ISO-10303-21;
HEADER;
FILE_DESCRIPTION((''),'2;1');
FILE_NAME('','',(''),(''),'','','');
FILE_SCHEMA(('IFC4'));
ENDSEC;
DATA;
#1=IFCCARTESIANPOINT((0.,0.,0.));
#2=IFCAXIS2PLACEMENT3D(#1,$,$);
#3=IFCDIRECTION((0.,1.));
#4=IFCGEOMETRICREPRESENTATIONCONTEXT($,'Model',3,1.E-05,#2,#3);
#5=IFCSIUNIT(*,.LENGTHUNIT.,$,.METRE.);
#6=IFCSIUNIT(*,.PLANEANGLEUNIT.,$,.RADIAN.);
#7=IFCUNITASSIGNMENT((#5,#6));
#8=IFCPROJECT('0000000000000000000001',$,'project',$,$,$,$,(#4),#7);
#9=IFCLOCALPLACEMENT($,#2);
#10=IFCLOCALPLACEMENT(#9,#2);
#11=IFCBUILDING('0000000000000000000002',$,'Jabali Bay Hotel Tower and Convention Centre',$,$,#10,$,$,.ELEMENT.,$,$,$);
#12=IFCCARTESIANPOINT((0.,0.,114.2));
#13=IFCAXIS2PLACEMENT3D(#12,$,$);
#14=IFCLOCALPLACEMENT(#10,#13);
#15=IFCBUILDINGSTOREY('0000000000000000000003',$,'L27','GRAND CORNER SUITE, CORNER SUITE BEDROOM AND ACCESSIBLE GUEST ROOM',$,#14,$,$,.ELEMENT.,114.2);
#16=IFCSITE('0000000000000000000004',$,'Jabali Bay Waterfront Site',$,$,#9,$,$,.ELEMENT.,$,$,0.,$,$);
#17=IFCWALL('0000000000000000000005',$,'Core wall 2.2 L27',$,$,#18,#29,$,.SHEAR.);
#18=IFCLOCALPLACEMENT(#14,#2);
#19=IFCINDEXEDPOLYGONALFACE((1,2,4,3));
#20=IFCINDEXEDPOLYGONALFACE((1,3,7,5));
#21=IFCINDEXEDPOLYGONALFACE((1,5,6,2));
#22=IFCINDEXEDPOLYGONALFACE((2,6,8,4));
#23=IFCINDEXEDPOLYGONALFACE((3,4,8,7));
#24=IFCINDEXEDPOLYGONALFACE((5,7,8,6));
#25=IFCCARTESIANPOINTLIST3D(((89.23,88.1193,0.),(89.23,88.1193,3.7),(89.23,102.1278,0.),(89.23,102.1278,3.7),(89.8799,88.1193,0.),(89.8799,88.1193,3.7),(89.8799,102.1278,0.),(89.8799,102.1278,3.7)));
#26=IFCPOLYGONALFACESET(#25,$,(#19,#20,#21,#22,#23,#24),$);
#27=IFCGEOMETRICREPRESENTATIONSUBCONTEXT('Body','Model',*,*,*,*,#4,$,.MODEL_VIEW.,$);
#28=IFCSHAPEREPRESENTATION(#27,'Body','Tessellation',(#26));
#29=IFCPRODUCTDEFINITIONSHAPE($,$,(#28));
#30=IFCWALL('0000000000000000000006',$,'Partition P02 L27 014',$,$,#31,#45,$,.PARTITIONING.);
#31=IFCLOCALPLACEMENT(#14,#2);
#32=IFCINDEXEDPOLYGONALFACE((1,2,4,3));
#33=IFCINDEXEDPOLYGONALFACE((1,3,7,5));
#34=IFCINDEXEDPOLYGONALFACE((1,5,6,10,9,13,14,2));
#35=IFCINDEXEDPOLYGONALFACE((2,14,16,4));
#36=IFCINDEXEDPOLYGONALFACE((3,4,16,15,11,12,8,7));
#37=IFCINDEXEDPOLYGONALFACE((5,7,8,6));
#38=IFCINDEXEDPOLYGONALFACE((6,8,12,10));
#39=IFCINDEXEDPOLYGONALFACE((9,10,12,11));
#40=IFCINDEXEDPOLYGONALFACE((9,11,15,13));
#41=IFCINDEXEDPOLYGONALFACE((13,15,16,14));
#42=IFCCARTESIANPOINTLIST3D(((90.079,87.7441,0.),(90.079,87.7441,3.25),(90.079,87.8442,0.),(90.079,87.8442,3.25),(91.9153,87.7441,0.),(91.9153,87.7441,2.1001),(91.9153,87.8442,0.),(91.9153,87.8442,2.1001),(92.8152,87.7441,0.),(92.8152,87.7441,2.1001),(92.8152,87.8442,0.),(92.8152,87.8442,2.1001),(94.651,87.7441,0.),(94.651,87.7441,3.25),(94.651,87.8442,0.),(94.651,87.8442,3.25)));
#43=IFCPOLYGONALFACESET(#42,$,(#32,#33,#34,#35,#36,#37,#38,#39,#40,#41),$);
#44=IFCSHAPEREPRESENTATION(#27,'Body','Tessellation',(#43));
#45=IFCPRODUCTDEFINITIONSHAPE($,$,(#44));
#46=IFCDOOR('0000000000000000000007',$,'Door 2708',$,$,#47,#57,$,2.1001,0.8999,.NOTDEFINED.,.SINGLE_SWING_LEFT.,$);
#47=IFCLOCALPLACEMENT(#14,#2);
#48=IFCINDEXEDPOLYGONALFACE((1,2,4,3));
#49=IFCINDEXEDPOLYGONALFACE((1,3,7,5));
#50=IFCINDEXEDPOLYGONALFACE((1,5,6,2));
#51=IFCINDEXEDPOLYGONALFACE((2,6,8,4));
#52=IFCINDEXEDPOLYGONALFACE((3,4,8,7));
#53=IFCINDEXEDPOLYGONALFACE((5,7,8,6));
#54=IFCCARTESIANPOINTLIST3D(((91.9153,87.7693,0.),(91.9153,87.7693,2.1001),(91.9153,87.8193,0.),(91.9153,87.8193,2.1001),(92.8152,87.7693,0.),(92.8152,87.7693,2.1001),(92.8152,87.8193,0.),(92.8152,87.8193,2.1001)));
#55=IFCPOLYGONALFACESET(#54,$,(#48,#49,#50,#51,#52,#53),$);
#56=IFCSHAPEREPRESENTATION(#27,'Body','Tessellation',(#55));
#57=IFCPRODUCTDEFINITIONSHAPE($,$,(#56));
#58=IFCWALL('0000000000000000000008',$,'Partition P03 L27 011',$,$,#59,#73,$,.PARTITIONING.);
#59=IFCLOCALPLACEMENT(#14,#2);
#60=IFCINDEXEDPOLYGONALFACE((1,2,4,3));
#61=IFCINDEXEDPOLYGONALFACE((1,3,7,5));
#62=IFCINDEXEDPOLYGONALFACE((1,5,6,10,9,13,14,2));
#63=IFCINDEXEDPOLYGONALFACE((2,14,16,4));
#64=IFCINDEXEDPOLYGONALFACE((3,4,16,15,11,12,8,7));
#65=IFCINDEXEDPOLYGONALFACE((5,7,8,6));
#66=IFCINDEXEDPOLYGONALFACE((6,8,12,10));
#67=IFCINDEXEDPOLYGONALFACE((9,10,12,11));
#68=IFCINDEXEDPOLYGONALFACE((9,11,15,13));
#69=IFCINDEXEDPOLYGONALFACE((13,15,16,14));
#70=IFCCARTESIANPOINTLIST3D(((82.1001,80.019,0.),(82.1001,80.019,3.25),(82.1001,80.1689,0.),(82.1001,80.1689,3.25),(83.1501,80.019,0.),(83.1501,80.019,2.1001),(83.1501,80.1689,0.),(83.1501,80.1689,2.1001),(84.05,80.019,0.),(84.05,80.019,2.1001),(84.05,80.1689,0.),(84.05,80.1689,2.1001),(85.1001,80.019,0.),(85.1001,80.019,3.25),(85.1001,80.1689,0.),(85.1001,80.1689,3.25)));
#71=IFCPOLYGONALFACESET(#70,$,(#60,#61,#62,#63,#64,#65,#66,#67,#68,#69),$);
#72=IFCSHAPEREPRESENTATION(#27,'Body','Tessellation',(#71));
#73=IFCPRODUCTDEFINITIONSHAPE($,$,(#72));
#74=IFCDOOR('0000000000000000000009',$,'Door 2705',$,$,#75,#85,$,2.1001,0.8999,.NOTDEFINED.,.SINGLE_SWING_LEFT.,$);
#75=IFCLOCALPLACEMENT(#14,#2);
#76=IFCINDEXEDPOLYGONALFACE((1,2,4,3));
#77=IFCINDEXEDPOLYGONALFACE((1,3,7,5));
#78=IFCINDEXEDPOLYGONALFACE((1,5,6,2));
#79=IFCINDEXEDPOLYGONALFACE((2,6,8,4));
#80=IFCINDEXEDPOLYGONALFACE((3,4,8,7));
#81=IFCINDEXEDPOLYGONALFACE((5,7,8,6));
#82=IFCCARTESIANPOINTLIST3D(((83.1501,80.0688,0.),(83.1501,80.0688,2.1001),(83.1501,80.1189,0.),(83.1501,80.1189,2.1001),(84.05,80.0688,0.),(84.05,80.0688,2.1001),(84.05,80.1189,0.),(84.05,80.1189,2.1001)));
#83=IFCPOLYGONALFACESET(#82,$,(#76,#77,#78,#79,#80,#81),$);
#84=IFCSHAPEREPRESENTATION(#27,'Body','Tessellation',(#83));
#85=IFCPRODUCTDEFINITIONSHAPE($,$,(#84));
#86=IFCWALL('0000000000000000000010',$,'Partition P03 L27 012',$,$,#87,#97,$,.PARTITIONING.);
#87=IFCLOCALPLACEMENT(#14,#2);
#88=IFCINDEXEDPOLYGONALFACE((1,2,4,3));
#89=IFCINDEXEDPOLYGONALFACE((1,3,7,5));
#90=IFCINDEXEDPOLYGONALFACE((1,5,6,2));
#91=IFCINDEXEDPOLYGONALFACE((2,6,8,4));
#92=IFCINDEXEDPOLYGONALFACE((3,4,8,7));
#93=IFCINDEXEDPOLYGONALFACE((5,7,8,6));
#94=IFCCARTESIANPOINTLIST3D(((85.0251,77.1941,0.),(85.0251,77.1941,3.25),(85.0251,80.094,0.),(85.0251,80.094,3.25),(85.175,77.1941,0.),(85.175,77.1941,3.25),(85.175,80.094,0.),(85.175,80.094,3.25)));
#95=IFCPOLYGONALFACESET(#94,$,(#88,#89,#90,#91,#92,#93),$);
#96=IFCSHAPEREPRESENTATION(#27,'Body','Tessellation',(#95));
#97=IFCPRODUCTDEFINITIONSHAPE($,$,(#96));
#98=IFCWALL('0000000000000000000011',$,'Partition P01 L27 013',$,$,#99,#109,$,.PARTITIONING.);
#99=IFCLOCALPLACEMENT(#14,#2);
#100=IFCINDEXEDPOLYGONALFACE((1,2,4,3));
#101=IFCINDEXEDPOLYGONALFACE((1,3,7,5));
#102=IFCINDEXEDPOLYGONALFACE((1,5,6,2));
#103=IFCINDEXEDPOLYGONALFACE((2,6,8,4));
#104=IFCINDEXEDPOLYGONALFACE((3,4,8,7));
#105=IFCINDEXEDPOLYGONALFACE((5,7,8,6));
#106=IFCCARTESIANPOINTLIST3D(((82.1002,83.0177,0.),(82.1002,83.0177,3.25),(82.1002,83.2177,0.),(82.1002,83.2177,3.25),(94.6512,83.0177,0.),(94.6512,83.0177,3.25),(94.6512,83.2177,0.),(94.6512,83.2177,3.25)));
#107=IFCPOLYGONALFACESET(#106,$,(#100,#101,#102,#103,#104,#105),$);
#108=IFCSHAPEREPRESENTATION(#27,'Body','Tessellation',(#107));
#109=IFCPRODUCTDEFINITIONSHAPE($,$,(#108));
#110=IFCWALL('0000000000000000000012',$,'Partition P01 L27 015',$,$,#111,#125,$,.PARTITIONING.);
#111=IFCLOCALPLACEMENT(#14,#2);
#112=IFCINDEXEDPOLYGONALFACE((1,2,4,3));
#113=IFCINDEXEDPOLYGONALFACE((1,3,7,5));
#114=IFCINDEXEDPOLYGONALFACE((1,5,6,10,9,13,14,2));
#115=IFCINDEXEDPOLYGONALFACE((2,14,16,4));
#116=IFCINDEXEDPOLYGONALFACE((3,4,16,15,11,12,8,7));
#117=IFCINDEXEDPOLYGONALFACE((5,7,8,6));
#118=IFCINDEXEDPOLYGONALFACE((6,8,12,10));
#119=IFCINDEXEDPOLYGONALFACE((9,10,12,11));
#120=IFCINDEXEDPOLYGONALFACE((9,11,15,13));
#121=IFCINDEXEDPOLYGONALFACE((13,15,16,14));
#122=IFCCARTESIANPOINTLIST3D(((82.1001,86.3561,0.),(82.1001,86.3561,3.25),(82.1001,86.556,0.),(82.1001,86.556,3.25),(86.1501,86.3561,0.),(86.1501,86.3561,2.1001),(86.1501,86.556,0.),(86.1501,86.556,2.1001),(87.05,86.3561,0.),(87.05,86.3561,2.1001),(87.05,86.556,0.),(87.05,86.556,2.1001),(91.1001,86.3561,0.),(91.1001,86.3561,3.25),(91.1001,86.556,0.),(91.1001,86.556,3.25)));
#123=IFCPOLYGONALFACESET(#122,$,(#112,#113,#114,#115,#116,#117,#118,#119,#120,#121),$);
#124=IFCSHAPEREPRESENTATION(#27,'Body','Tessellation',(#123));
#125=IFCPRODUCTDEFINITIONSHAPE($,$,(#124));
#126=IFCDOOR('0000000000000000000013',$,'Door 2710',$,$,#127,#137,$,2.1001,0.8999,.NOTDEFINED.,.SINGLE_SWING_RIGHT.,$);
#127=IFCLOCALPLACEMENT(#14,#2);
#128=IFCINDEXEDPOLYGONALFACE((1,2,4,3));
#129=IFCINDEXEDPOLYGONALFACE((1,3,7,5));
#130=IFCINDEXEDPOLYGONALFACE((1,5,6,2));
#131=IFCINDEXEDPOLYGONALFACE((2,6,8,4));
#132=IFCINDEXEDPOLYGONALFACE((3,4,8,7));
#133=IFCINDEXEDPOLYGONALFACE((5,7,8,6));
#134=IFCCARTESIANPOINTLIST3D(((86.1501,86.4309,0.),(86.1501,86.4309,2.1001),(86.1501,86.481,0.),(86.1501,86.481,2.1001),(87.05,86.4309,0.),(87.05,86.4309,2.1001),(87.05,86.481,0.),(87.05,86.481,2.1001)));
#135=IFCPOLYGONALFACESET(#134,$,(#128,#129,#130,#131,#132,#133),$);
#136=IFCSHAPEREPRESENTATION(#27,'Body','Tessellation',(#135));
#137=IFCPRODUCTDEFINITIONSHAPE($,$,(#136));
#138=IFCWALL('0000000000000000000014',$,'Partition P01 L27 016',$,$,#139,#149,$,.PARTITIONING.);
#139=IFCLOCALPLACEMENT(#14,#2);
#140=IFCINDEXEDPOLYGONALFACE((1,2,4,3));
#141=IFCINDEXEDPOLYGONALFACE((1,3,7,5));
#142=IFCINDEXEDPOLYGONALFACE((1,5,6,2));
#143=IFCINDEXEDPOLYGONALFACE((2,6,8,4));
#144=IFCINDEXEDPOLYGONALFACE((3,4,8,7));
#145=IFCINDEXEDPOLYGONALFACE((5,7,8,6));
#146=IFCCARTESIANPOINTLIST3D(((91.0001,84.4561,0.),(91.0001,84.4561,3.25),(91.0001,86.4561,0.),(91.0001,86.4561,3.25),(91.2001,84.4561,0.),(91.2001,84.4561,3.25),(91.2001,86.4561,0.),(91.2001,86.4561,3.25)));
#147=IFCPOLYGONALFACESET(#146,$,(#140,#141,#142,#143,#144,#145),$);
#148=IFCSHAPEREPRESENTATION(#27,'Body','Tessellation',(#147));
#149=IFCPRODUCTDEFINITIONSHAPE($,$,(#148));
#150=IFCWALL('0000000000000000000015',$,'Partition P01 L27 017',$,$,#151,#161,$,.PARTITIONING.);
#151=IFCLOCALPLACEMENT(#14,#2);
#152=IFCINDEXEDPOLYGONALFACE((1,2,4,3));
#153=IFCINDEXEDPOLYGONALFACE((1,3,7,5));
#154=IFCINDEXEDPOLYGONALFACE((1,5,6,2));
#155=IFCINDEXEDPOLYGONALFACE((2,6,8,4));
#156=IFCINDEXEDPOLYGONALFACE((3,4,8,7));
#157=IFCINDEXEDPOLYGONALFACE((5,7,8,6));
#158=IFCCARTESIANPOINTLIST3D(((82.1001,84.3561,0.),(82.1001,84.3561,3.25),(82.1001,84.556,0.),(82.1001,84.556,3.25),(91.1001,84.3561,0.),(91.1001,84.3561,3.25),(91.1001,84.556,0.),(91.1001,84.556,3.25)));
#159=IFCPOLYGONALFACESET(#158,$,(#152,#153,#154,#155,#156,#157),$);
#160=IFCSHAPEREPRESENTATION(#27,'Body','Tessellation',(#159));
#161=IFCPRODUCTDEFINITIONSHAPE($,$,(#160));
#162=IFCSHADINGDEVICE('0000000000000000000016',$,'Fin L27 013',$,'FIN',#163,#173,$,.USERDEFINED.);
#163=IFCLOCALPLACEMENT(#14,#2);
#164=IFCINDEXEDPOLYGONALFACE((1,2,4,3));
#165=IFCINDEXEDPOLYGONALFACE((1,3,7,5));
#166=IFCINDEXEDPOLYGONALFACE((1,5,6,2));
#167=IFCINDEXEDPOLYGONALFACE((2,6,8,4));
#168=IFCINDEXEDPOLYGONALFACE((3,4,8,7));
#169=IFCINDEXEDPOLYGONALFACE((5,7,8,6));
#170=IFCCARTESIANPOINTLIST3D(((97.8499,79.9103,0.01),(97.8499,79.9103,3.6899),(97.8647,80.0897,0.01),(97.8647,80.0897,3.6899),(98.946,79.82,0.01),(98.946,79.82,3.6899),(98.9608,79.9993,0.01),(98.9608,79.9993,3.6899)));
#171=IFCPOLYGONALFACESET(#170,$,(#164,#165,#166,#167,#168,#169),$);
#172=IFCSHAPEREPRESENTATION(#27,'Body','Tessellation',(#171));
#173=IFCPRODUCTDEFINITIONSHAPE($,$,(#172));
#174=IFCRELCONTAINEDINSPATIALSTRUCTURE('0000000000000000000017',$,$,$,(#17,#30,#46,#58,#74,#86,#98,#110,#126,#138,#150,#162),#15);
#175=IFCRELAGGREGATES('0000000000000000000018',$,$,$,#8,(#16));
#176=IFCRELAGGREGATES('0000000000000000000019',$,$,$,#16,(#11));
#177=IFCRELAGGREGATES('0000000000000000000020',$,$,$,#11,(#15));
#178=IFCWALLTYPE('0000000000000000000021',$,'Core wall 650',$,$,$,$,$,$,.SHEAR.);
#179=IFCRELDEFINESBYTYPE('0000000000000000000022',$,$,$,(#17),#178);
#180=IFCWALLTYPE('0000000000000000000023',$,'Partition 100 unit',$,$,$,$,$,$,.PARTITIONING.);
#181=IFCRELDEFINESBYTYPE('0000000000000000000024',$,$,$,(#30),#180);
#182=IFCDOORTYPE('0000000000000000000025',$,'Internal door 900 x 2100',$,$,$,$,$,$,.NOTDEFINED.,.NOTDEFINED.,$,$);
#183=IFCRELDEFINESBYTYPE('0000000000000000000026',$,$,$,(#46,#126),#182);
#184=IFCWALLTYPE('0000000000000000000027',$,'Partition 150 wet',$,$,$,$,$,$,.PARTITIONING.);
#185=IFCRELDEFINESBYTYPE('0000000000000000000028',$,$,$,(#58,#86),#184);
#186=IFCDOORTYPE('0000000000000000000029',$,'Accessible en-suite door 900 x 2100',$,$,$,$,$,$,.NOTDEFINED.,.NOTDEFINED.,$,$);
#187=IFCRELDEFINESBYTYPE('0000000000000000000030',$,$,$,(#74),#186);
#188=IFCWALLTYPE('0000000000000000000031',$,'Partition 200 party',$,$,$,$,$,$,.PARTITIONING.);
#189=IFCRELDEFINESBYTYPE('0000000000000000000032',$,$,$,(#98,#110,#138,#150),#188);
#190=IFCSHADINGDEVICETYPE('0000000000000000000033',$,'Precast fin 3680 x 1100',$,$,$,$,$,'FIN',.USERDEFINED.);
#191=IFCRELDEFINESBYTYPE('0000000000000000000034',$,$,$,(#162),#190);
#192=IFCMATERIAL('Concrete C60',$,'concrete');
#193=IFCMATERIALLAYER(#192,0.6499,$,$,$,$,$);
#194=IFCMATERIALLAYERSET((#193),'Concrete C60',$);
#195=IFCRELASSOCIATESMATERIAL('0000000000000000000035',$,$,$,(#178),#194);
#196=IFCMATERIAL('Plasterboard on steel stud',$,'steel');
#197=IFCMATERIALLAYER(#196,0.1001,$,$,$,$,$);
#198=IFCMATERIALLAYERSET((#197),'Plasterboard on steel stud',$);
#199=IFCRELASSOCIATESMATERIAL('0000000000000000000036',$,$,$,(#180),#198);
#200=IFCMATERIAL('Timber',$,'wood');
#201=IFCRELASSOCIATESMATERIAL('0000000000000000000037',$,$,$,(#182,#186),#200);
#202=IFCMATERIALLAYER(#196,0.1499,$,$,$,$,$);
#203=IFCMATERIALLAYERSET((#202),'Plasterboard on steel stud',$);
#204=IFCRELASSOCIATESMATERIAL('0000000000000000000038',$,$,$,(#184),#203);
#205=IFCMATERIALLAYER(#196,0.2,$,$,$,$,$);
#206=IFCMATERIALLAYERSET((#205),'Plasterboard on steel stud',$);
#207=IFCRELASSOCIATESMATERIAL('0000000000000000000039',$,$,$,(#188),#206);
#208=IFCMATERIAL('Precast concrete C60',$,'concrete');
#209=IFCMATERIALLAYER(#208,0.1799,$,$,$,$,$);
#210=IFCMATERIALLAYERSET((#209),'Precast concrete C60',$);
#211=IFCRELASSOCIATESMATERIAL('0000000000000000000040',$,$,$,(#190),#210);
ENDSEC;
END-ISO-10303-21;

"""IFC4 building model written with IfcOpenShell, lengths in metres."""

from ifc_helpers import new_model, si_unit, direction, frame, frame_2d, origin, place, context, subcontext, project, spatial, rectangle, extrude, material, layer, layer_set, type_object, element, fill, save


model = new_model("IFC4")

# Units and contexts
model_context = context("Model", 3, precision=1e-05, world=origin(), true_north=direction((0.0, 1.0)))
body_context = subcontext(model_context, "Body", "Model", "MODEL_VIEW")
ifc_project = project(units=[si_unit("LENGTHUNIT", "METRE"), si_unit("PLANEANGLEUNIT", "RADIAN")], contexts=[model_context])

# Site, building, storey
site_placement = place(None, origin())
site = spatial("IfcSite", under=ifc_project, at=site_placement, Name="Jabali Bay Waterfront Site", CompositionType="ELEMENT", RefElevation=0.0)
building_placement = place(site_placement, origin())
building = spatial("IfcBuilding", under=site, at=building_placement, Name="Jabali Bay Hotel Tower and Convention Centre", CompositionType="ELEMENT")
storey_placement = place(building_placement, frame((0.0, 0.0, 114.2)))
storey = spatial("IfcBuildingStorey", under=building, at=storey_placement, Name="L27", Description="GRAND CORNER SUITE, CORNER SUITE BEDROOM AND ACCESSIBLE GUEST ROOM", CompositionType="ELEMENT", Elevation=114.2)

# Shared definitions
ifc_material_1 = material(Name="Concrete C60", Category="concrete")

# Wall
ifc_layer_1 = layer(ifc_material_1, 0.6499)
ifc_layer_set_1 = layer_set([ifc_layer_1], Name="Concrete C60")
wall_type_1 = type_object("IfcWallType", Name="Core wall 650", PredefinedType="SHEAR", material=ifc_layer_set_1)
wall_1_placement = place(storey_placement, frame((89.5549, 88.1191, 0.0), z_axis=(0.0, 0.0, 1.0), x_axis=(0.0, 1.0, 0.0)))
element("IfcWall", 1, at=wall_1_placement, inside=storey, type_object=wall_type_1, Name="Core wall 2.2 L27", PredefinedType="SHEAR", context=body_context, shape_type="SweptSolid", body=[
    extrude(rectangle(XDim=14.0085, YDim=0.6499, at=frame_2d((7.0044, 0.0))), origin(), (0.0, 0.0, 1.0), 3.7),
])

# Walls, openings, doors
ifc_material_2 = material(Name="Plasterboard on steel stud", Category="steel")
ifc_layer_2 = layer(ifc_material_2, 0.1001)
ifc_layer_set_2 = layer_set([ifc_layer_2], Name="Plasterboard on steel stud")
wall_type_2 = type_object("IfcWallType", Name="Partition 100 unit", PredefinedType="PARTITIONING", material=ifc_layer_set_2)
wall_2_placement = place(storey_placement, frame((94.6511, 87.7942, 0.0), z_axis=(0.0, 0.0, 1.0), x_axis=(-1.0, 0.0, 0.0)))
wall_2 = element("IfcWall", 2, at=wall_2_placement, inside=storey, type_object=wall_type_2, Name="Partition P02 L27 014", PredefinedType="PARTITIONING", context=body_context, shape_type="SweptSolid", body=[
    extrude(rectangle(XDim=4.572, YDim=0.1001, at=frame_2d((2.2861, 0.0))), origin(), (0.0, 0.0, 1.0), 3.25),
])
opening_1_placement = place(wall_2_placement, frame((1.8359, 0.0, 0.0)))
opening_1 = element("IfcOpeningElement", 3, at=opening_1_placement, cuts=wall_2, PredefinedType="OPENING", context=body_context, shape_type="SweptSolid", body=[
    extrude(rectangle(XDim=0.8999, YDim=2.1001, at=frame_2d((0.45, 1.05))), frame((0.0, 0.0605, 0.0), z_axis=(0.0, -1.0, 0.0), x_axis=(1.0, 0.0, 0.0)), (0.0, 0.0, 1.0), 0.1211),
])
ifc_material_3 = material(Name="Timber", Category="wood")
door_type_1 = type_object("IfcDoorType", Name="Internal door 900 x 2100", OperationType="NOTDEFINED", PredefinedType="NOTDEFINED", material=ifc_material_3)
door_1_placement = place(opening_1_placement, origin())
door_1 = element("IfcDoor", 4, at=door_1_placement, inside=storey, type_object=door_type_1, Name="Door 2708", OperationType="SINGLE_SWING_LEFT", OverallHeight=2.1001, OverallWidth=0.8999, PredefinedType="NOTDEFINED", context=body_context, shape_type="SweptSolid", body=[
    extrude(rectangle(XDim=0.8999, YDim=2.1001, at=frame_2d((0.45, 1.05))), frame((0.0, 0.0249, 0.0), z_axis=(0.0, -1.0, 0.0), x_axis=(1.0, 0.0, 0.0)), (0.0, 0.0, 1.0), 0.05),
])
fill(opening_1, door_1)
ifc_layer_3 = layer(ifc_material_2, 0.1499)
ifc_layer_set_3 = layer_set([ifc_layer_3], Name="Plasterboard on steel stud")
wall_type_3 = type_object("IfcWallType", Name="Partition 150 wet", PredefinedType="PARTITIONING", material=ifc_layer_set_3)
wall_3_placement = place(storey_placement, frame((82.1001, 80.094, 0.0), z_axis=(0.0, 0.0, 1.0), x_axis=(1.0, 0.0, 0.0)))
wall_3 = element("IfcWall", 5, at=wall_3_placement, inside=storey, type_object=wall_type_3, Name="Partition P03 L27 011", PredefinedType="PARTITIONING", context=body_context, shape_type="SweptSolid", body=[
    extrude(rectangle(XDim=3.0, YDim=0.1499, at=frame_2d((1.5, 0.0))), origin(), (0.0, 0.0, 1.0), 3.25),
])
opening_2_placement = place(wall_3_placement, frame((1.05, 0.0, 0.0)))
opening_2 = element("IfcOpeningElement", 6, at=opening_2_placement, cuts=wall_3, PredefinedType="OPENING", context=body_context, shape_type="SweptSolid", body=[
    extrude(rectangle(XDim=0.8999, YDim=2.1001, at=frame_2d((0.45, 1.05))), frame((0.0, 0.0854, 0.0), z_axis=(0.0, -1.0, 0.0), x_axis=(1.0, 0.0, 0.0)), (0.0, 0.0, 1.0), 0.1709),
])
door_type_2 = type_object("IfcDoorType", Name="Accessible en-suite door 900 x 2100", OperationType="NOTDEFINED", PredefinedType="NOTDEFINED", material=ifc_material_3)
door_2_placement = place(opening_2_placement, origin())
door_2 = element("IfcDoor", 7, at=door_2_placement, inside=storey, type_object=door_type_2, Name="Door 2705", OperationType="SINGLE_SWING_LEFT", OverallHeight=2.1001, OverallWidth=0.8999, PredefinedType="NOTDEFINED", context=body_context, shape_type="SweptSolid", body=[
    extrude(rectangle(XDim=0.8999, YDim=2.1001, at=frame_2d((0.45, 1.05))), frame((0.0, 0.0249, 0.0), z_axis=(0.0, -1.0, 0.0), x_axis=(1.0, 0.0, 0.0)), (0.0, 0.0, 1.0), 0.05),
])
fill(opening_2, door_2)

# Walls
wall_4_placement = place(storey_placement, frame((85.1001, 80.094, 0.0), z_axis=(0.0, 0.0, 1.0), x_axis=(0.0, -1.0, 0.0)))
element("IfcWall", 8, at=wall_4_placement, inside=storey, type_object=wall_type_3, Name="Partition P03 L27 012", PredefinedType="PARTITIONING", context=body_context, shape_type="SweptSolid", body=[
    extrude(rectangle(XDim=2.8999, YDim=0.1499, at=frame_2d((1.45, 0.0))), origin(), (0.0, 0.0, 1.0), 3.25),
])
ifc_layer_4 = layer(ifc_material_2, 0.2)
ifc_layer_set_4 = layer_set([ifc_layer_4], Name="Plasterboard on steel stud")
wall_type_4 = type_object("IfcWallType", Name="Partition 200 party", PredefinedType="PARTITIONING", material=ifc_layer_set_4)
wall_5_placement = place(storey_placement, frame((94.6511, 83.1177, 0.0), z_axis=(0.0, 0.0, 1.0), x_axis=(-1.0, 0.0, 0.0)))
element("IfcWall", 9, at=wall_5_placement, inside=storey, type_object=wall_type_4, Name="Partition P01 L27 013", PredefinedType="PARTITIONING", context=body_context, shape_type="SweptSolid", body=[
    extrude(rectangle(XDim=12.551, YDim=0.2, at=frame_2d((6.2754, 0.0))), origin(), (0.0, 0.0, 1.0), 3.25),
])

# Wall, opening, door
wall_6_placement = place(storey_placement, frame((82.1001, 86.4561, 0.0), z_axis=(0.0, 0.0, 1.0), x_axis=(1.0, 0.0, 0.0)))
wall_6 = element("IfcWall", 10, at=wall_6_placement, inside=storey, type_object=wall_type_4, Name="Partition P01 L27 015", PredefinedType="PARTITIONING", context=body_context, shape_type="SweptSolid", body=[
    extrude(rectangle(XDim=9.0, YDim=0.2, at=frame_2d((4.5, 0.0))), origin(), (0.0, 0.0, 1.0), 3.25),
])
opening_3_placement = place(wall_6_placement, frame((4.05, 0.0, 0.0)))
opening_3 = element("IfcOpeningElement", 11, at=opening_3_placement, cuts=wall_6, PredefinedType="OPENING", context=body_context, shape_type="SweptSolid", body=[
    extrude(rectangle(XDim=0.8999, YDim=2.1001, at=frame_2d((0.45, 1.05))), frame((0.0, 0.1104, 0.0), z_axis=(0.0, -1.0, 0.0), x_axis=(1.0, 0.0, 0.0)), (0.0, 0.0, 1.0), 0.2209),
])
door_3_placement = place(opening_3_placement, origin())
door_3 = element("IfcDoor", 12, at=door_3_placement, inside=storey, type_object=door_type_1, Name="Door 2710", OperationType="SINGLE_SWING_RIGHT", OverallHeight=2.1001, OverallWidth=0.8999, PredefinedType="NOTDEFINED", context=body_context, shape_type="SweptSolid", body=[
    extrude(rectangle(XDim=0.8999, YDim=2.1001, at=frame_2d((0.45, 1.05))), frame((0.0, 0.0249, 0.0), z_axis=(0.0, -1.0, 0.0), x_axis=(1.0, 0.0, 0.0)), (0.0, 0.0, 1.0), 0.05),
])
fill(opening_3, door_3)

# Walls
wall_7_placement = place(storey_placement, frame((91.1001, 86.4561, 0.0), z_axis=(0.0, 0.0, 1.0), x_axis=(0.0, -1.0, 0.0)))
element("IfcWall", 13, at=wall_7_placement, inside=storey, type_object=wall_type_4, Name="Partition P01 L27 016", PredefinedType="PARTITIONING", context=body_context, shape_type="SweptSolid", body=[
    extrude(rectangle(XDim=2.0, YDim=0.2, at=frame_2d((1.0, 0.0))), origin(), (0.0, 0.0, 1.0), 3.25),
])
wall_8_placement = place(storey_placement, frame((91.1001, 84.4561, 0.0), z_axis=(0.0, 0.0, 1.0), x_axis=(-1.0, 0.0, 0.0)))
element("IfcWall", 14, at=wall_8_placement, inside=storey, type_object=wall_type_4, Name="Partition P01 L27 017", PredefinedType="PARTITIONING", context=body_context, shape_type="SweptSolid", body=[
    extrude(rectangle(XDim=9.0, YDim=0.2, at=frame_2d((4.5, 0.0))), origin(), (0.0, 0.0, 1.0), 3.25),
])

# Shading device
ifc_material_4 = material(Name="Precast concrete C60", Category="concrete")
ifc_layer_5 = layer(ifc_material_4, 0.1799)
ifc_layer_set_5 = layer_set([ifc_layer_5], Name="Precast concrete C60")
shading_device_type = type_object("IfcShadingDeviceType", Name="Precast fin 3680 x 1100", ElementType="FIN", PredefinedType="USERDEFINED", material=ifc_layer_set_5)
for number, where, z_axis, x_axis, name in (
    (15, (97.8574, 80.0, 0.01), (0.0, 0.0, 1.0), (0.996622, -0.082127, 0.0), "Fin L27 013"),
):
    element("IfcShadingDevice", number, at=place(storey_placement, frame(where, z_axis=z_axis, x_axis=x_axis)), inside=storey, type_object=shading_device_type, Name=name, ObjectType="FIN", PredefinedType="USERDEFINED", context=body_context, shape_type="SweptSolid", body=[
        extrude(rectangle(XDim=1.0999, YDim=0.1799, at=frame_2d((0.5498, 0.0))), origin(), (0.0, 0.0, 1.0), 3.6799),
    ])

save(model, "model.ifc")
